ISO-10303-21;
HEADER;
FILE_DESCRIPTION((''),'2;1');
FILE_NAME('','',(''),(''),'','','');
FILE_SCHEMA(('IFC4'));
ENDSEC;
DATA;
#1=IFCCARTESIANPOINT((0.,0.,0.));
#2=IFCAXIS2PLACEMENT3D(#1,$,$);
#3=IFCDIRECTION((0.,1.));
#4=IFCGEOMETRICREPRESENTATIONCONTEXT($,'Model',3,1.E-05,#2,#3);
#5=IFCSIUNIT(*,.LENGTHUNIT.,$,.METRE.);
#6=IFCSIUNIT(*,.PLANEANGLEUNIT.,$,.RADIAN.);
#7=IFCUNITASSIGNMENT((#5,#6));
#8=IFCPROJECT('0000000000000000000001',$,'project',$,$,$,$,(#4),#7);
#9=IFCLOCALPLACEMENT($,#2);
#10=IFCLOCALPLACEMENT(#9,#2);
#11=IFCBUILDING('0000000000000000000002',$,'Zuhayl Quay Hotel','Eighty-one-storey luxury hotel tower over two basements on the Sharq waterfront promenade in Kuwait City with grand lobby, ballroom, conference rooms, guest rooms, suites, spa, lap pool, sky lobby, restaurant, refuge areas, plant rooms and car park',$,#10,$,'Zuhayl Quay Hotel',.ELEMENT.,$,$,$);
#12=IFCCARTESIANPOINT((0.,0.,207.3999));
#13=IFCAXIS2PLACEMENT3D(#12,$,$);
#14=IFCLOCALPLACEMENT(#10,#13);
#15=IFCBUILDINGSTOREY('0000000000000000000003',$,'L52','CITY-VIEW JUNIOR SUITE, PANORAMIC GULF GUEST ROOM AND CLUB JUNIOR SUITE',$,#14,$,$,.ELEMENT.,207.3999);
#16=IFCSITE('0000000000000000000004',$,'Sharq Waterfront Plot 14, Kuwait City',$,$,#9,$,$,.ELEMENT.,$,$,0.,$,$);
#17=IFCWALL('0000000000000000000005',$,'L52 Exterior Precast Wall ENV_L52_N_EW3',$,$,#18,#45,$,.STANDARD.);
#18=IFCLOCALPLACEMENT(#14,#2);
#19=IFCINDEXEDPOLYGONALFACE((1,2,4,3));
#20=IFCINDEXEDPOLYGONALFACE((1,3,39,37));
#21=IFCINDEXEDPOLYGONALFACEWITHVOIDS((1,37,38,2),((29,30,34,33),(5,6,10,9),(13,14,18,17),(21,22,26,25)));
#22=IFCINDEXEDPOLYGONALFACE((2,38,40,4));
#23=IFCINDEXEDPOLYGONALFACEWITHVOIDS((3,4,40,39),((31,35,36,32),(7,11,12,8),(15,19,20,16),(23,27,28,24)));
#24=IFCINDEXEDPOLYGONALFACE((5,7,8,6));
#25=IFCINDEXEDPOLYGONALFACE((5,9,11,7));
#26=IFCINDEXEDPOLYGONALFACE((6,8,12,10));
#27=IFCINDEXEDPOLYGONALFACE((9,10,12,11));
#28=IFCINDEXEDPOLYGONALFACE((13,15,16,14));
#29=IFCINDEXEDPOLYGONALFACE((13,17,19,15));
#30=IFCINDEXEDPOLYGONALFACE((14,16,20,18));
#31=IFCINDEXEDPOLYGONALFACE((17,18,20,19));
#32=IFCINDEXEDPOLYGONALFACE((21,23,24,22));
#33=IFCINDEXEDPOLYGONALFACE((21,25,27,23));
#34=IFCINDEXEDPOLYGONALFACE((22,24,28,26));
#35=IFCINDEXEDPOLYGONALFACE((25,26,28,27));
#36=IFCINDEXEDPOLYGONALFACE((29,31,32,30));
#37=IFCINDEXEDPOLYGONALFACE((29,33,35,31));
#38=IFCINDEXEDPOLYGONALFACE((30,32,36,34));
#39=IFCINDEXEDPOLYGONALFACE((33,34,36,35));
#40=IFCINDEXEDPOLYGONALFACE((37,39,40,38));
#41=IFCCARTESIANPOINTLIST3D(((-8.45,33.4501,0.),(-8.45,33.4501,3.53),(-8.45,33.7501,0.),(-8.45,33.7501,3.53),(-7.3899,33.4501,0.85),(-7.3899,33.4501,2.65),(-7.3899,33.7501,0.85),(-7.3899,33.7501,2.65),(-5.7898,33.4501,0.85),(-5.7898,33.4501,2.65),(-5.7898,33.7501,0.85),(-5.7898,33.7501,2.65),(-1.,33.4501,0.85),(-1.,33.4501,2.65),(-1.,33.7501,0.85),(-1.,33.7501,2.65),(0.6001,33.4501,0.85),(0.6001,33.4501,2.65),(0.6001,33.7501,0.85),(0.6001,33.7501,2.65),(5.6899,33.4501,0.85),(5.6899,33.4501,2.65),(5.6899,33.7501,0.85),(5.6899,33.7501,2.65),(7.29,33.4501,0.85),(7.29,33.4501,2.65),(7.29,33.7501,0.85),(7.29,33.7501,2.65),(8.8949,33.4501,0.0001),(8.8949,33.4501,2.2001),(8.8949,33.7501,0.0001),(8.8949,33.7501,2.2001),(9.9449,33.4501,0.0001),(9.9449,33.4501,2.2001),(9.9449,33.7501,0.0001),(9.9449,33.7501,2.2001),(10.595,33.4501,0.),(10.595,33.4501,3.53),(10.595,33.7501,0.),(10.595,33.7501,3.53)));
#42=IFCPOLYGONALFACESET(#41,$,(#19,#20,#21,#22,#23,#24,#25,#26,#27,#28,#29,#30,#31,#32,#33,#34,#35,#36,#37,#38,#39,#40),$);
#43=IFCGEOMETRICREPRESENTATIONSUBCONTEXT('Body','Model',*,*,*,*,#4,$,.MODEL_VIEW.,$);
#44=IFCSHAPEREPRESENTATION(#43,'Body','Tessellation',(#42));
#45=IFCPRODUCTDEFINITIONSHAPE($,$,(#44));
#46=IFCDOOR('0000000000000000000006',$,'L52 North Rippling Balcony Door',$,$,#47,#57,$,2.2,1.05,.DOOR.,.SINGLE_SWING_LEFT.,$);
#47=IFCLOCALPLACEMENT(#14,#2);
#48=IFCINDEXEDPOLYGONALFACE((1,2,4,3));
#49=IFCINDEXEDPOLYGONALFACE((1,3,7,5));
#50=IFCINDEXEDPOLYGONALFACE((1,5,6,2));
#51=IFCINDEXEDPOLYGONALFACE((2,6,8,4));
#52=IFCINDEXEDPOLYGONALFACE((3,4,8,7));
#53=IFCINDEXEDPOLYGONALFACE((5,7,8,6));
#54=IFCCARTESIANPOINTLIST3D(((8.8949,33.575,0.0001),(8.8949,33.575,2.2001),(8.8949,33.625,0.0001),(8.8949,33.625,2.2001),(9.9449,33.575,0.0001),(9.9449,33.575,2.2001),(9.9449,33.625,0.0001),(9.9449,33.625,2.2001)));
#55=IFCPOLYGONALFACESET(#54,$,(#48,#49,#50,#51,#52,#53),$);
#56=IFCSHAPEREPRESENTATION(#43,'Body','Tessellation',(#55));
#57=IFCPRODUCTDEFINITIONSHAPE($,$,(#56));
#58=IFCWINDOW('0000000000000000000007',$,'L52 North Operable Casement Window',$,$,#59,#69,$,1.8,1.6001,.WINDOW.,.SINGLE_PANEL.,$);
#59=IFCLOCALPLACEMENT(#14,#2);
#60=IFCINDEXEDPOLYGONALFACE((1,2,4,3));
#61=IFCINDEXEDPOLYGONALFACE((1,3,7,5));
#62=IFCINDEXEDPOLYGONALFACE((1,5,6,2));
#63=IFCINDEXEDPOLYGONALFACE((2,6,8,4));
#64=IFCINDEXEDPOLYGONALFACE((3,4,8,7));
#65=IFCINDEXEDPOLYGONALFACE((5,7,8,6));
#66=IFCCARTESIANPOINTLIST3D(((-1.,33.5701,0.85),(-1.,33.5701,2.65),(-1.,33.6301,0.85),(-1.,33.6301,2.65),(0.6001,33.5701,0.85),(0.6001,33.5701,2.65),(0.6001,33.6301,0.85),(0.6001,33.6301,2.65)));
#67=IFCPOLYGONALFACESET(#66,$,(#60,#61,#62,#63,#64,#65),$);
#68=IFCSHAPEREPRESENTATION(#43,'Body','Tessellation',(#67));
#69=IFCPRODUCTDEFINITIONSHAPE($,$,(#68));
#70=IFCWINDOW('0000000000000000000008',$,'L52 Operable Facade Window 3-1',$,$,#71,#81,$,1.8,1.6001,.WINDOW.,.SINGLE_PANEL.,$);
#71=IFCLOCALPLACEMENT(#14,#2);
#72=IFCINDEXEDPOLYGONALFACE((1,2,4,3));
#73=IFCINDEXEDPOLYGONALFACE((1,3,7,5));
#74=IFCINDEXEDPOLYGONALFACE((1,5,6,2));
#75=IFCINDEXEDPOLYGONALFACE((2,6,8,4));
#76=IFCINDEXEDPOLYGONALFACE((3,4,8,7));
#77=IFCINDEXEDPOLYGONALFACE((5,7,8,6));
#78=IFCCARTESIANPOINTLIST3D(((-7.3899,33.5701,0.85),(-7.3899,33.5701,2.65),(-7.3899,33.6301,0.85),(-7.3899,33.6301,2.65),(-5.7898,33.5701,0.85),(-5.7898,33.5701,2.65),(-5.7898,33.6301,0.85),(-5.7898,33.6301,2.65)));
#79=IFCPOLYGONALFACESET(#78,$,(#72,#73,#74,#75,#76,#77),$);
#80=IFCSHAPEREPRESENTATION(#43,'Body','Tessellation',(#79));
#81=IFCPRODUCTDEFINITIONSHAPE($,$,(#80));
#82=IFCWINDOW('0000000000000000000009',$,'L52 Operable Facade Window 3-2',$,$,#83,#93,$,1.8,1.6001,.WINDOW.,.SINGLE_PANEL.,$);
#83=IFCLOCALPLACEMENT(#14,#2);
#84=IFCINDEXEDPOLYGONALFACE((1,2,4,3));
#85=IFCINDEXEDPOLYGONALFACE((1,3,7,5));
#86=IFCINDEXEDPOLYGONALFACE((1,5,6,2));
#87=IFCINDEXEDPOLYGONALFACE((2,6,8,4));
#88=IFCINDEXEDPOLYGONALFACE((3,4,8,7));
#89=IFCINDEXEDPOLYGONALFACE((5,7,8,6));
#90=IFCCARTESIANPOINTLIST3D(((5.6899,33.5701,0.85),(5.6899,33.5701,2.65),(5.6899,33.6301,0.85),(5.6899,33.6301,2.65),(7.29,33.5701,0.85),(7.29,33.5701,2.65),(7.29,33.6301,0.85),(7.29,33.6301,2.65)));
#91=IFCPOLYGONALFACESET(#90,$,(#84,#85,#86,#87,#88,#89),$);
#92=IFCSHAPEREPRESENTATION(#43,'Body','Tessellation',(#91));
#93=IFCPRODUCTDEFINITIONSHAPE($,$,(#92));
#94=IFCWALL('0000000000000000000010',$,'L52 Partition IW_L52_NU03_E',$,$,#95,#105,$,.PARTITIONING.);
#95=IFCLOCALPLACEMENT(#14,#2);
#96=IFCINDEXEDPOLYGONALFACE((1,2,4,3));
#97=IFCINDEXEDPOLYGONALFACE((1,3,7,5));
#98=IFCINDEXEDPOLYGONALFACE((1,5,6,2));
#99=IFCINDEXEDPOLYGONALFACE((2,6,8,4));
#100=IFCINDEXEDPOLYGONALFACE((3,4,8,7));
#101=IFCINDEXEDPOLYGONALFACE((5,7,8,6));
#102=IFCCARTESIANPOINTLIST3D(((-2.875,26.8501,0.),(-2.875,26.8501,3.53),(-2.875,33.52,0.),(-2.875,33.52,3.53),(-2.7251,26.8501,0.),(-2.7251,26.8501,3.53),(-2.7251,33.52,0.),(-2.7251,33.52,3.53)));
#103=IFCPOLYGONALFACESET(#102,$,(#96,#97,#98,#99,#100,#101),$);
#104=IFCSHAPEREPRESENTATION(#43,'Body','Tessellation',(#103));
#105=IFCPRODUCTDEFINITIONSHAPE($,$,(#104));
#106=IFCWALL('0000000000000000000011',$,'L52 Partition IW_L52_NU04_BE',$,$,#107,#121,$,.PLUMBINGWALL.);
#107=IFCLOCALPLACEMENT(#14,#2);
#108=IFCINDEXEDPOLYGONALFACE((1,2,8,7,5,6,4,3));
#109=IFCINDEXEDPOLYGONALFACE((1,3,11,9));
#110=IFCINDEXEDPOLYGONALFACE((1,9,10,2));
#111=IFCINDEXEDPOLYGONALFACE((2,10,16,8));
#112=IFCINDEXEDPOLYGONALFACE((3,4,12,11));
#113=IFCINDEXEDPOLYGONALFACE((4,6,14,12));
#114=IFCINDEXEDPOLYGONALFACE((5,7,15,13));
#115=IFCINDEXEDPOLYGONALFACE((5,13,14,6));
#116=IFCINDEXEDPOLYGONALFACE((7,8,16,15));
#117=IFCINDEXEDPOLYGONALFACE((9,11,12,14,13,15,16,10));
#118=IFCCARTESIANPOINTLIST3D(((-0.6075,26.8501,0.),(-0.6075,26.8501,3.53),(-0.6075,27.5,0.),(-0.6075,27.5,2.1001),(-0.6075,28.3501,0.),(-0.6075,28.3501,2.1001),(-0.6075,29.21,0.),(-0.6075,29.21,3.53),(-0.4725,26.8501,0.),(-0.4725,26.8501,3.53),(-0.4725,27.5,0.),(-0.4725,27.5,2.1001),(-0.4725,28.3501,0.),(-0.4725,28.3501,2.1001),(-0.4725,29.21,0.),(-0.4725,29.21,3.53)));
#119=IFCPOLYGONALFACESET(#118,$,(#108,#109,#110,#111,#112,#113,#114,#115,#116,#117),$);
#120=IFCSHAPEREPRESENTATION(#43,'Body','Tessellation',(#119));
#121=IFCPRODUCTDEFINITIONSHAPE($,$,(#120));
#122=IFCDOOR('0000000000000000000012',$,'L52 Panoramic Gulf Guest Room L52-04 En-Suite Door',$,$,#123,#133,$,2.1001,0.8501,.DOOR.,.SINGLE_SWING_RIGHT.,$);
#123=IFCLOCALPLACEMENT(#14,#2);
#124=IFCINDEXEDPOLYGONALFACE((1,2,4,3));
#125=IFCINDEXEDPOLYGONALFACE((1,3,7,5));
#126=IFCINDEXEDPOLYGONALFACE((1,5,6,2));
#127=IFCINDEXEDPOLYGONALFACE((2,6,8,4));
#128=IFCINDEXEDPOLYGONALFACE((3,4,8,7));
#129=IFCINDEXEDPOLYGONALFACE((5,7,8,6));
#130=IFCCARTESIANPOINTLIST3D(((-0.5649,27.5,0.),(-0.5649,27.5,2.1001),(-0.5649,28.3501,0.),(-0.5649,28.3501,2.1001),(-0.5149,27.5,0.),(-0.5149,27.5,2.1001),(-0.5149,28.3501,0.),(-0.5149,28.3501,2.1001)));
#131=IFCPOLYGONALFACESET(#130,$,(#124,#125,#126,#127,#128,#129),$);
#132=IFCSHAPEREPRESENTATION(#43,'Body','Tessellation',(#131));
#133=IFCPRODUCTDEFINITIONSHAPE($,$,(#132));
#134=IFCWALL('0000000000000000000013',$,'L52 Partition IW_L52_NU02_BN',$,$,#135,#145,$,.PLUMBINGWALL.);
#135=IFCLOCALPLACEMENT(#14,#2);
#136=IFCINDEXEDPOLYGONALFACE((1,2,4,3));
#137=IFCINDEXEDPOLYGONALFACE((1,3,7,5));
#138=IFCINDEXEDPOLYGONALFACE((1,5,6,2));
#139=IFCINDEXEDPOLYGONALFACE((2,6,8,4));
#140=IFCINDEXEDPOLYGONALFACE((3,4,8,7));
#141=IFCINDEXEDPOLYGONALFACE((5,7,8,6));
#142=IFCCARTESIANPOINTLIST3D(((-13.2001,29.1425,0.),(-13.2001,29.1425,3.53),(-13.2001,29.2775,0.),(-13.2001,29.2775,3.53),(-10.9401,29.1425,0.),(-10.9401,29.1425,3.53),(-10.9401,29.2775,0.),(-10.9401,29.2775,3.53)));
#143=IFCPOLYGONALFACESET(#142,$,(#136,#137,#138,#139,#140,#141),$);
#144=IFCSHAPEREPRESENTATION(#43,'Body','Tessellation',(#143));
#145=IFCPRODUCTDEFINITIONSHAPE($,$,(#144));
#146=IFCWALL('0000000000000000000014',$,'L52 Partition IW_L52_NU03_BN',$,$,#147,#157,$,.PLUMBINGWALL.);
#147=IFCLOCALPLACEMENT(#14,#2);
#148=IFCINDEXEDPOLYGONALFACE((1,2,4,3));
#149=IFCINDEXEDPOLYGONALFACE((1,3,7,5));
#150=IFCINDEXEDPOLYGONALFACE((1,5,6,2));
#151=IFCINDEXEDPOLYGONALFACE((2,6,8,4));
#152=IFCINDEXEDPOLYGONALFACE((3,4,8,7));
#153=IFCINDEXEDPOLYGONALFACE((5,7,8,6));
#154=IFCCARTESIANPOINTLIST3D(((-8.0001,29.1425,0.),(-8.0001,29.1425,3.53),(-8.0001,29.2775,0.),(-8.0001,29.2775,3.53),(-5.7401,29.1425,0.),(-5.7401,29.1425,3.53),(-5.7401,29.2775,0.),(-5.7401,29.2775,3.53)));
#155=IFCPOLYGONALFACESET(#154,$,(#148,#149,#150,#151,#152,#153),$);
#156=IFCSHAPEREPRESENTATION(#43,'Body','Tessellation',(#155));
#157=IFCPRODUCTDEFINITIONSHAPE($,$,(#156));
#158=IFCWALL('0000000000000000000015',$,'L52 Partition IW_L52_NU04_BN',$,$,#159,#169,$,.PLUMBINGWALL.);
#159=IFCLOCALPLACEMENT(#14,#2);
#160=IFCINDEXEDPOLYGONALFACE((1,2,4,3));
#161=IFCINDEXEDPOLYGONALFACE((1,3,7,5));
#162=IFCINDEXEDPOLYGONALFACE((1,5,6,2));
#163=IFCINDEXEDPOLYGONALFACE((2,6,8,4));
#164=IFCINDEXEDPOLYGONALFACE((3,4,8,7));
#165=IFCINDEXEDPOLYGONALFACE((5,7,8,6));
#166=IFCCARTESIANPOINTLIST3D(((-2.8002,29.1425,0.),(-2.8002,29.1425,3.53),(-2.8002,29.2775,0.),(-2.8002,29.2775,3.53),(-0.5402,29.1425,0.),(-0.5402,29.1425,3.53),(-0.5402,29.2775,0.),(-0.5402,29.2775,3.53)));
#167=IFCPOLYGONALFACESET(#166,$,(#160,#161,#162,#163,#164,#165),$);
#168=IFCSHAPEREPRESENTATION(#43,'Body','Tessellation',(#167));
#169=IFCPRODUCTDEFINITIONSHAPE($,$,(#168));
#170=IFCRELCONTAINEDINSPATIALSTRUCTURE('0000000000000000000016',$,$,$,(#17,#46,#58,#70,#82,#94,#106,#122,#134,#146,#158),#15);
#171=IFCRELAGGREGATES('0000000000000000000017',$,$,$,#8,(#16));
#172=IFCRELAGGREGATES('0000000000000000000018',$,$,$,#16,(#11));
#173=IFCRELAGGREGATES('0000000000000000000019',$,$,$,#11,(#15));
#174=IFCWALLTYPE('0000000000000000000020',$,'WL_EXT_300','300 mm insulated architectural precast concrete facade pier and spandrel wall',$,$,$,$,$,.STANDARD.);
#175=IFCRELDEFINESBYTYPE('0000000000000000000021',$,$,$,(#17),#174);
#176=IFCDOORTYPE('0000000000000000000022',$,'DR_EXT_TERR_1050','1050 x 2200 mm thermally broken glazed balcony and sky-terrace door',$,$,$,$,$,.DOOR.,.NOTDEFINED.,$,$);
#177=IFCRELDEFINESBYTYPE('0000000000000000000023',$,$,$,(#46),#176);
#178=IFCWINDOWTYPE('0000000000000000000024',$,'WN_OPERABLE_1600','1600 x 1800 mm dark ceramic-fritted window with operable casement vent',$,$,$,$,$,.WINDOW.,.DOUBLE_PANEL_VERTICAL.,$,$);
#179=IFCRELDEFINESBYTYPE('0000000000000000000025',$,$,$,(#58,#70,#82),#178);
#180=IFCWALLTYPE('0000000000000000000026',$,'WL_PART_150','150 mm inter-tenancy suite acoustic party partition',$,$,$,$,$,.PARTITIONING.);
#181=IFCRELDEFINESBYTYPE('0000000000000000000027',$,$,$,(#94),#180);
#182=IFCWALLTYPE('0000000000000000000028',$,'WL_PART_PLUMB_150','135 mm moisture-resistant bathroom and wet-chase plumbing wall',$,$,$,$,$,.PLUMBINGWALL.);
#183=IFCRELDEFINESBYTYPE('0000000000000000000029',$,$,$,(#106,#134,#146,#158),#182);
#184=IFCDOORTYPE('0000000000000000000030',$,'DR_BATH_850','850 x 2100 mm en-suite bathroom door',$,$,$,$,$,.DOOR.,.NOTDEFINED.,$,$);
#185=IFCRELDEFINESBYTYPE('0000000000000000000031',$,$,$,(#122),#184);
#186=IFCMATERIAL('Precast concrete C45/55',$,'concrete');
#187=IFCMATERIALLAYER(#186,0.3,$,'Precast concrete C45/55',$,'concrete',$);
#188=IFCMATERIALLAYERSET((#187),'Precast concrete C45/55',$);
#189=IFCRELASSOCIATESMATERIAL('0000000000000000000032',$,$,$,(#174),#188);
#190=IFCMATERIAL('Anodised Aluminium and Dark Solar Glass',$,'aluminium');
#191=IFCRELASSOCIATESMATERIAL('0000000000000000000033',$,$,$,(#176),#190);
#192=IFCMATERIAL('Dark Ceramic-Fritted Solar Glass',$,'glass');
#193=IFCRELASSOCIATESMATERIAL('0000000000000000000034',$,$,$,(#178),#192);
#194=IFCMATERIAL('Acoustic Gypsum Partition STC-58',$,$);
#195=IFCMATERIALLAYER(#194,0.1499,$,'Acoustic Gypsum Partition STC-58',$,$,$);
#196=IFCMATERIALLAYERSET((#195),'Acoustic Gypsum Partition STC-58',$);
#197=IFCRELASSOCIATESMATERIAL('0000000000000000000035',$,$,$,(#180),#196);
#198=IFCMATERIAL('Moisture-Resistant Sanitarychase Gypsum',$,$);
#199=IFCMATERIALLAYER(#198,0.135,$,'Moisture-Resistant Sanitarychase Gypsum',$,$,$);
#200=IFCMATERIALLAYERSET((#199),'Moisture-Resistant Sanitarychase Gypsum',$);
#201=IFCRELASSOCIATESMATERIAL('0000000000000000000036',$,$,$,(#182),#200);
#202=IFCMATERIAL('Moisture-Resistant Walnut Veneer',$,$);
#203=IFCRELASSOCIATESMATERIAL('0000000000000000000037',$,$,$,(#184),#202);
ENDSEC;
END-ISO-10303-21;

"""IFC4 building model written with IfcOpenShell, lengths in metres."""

from ifc_helpers import new_model, si_unit, direction, frame, frame_2d, origin, place, context, subcontext, project, spatial, rectangle, extrude, material, layer, layer_set, type_object, element, fill, save


model = new_model("IFC4")

# Units and contexts
model_context = context("Model", 3, precision=1e-05, world=origin(), true_north=direction((0.0, 1.0)))
body_context = subcontext(model_context, "Body", "Model", "MODEL_VIEW")
ifc_project = project(units=[si_unit("LENGTHUNIT", "METRE"), si_unit("PLANEANGLEUNIT", "RADIAN")], contexts=[model_context])

# Site, building, storey
site_placement = place(None, origin())
site = spatial("IfcSite", under=ifc_project, at=site_placement, Name="Sharq Waterfront Plot 14, Kuwait City", CompositionType="ELEMENT", RefElevation=0.0)
building_placement = place(site_placement, origin())
building = spatial("IfcBuilding", under=site, at=building_placement, Name="Zuhayl Quay Hotel", Description="Eighty-one-storey luxury hotel tower over two basements on the Sharq waterfront promenade in Kuwait City with grand lobby, ballroom, conference rooms, guest rooms, suites, spa, lap pool, sky lobby, restaurant, refuge areas, plant rooms and car park", LongName="Zuhayl Quay Hotel", CompositionType="ELEMENT")
storey_placement = place(building_placement, frame((0.0, 0.0, 207.3999)))
storey = spatial("IfcBuildingStorey", under=building, at=storey_placement, Name="L52", Description="CITY-VIEW JUNIOR SUITE, PANORAMIC GULF GUEST ROOM AND CLUB JUNIOR SUITE", CompositionType="ELEMENT", Elevation=207.3999)

# Shared definitions
ifc_material_1 = material(Name="Dark Ceramic-Fritted Solar Glass", Category="glass")

# Wall, openings, door, windows
ifc_material_2 = material(Name="Precast concrete C45/55", Category="concrete")
ifc_layer_1 = layer(ifc_material_2, 0.3, Name="Precast concrete C45/55", Category="concrete")
ifc_layer_set_1 = layer_set([ifc_layer_1], Name="Precast concrete C45/55")
wall_type_1 = type_object("IfcWallType", Name="WL_EXT_300", Description="300 mm insulated architectural precast concrete facade pier and spandrel wall", PredefinedType="STANDARD", material=ifc_layer_set_1)
wall_1_placement = place(storey_placement, frame((-8.45, 33.6001, 0.0), z_axis=(0.0, 0.0, 1.0), x_axis=(1.0, 0.0, 0.0)))
wall_1 = element("IfcWall", 1, at=wall_1_placement, inside=storey, type_object=wall_type_1, Name="L52 Exterior Precast Wall ENV_L52_N_EW3", PredefinedType="STANDARD", context=body_context, shape_type="SweptSolid", body=[
    extrude(rectangle(XDim=19.0449, YDim=0.3, at=frame_2d((9.5225, 0.0))), origin(), (0.0, 0.0, 1.0), 3.53),
])
opening_1_placement = place(wall_1_placement, frame((17.345, 0.0, 0.0)))
opening_1 = element("IfcOpeningElement", 2, at=opening_1_placement, cuts=wall_1, PredefinedType="OPENING", context=body_context, shape_type="SweptSolid", body=[
    extrude(rectangle(XDim=1.05, YDim=2.2, at=frame_2d((0.5249, 1.1001))), frame((0.0, 0.1599, 0.0), z_axis=(0.0, -1.0, 0.0), x_axis=(1.0, 0.0, 0.0)), (0.0, 0.0, 1.0), 0.3201),
])
opening_2_placement = place(wall_1_placement, frame((7.45, 0.0, 0.8501)))
opening_2 = element("IfcOpeningElement", 3, at=opening_2_placement, cuts=wall_1, PredefinedType="OPENING", context=body_context, shape_type="SweptSolid", body=[
    extrude(rectangle(XDim=1.6001, YDim=1.8, at=frame_2d((0.8, 0.8999))), frame((0.0, 0.1599, 0.0), z_axis=(0.0, -1.0, 0.0), x_axis=(1.0, 0.0, 0.0)), (0.0, 0.0, 1.0), 0.3201),
])
opening_3_placement = place(wall_1_placement, frame((1.0601, 0.0, 0.8501)))
opening_3 = element("IfcOpeningElement", 4, at=opening_3_placement, cuts=wall_1, PredefinedType="OPENING", context=body_context, shape_type="SweptSolid", body=[
    extrude(rectangle(XDim=1.6001, YDim=1.8, at=frame_2d((0.8, 0.8999))), frame((0.0, 0.1599, 0.0), z_axis=(0.0, -1.0, 0.0), x_axis=(1.0, 0.0, 0.0)), (0.0, 0.0, 1.0), 0.3201),
])
opening_4_placement = place(wall_1_placement, frame((14.1399, 0.0, 0.8501)))
opening_4 = element("IfcOpeningElement", 5, at=opening_4_placement, cuts=wall_1, PredefinedType="OPENING", context=body_context, shape_type="SweptSolid", body=[
    extrude(rectangle(XDim=1.6001, YDim=1.8, at=frame_2d((0.8, 0.8999))), frame((0.0, 0.1599, 0.0), z_axis=(0.0, -1.0, 0.0), x_axis=(1.0, 0.0, 0.0)), (0.0, 0.0, 1.0), 0.3201),
])
ifc_material_3 = material(Name="Anodised Aluminium and Dark Solar Glass", Category="aluminium")
door_type_1 = type_object("IfcDoorType", Name="DR_EXT_TERR_1050", Description="1050 x 2200 mm thermally broken glazed balcony and sky-terrace door", OperationType="NOTDEFINED", PredefinedType="DOOR", material=ifc_material_3)
door_1_placement = place(opening_1_placement, origin())
door_1 = element("IfcDoor", 6, at=door_1_placement, inside=storey, type_object=door_type_1, Name="L52 North Rippling Balcony Door", OperationType="SINGLE_SWING_LEFT", OverallHeight=2.2, OverallWidth=1.05, PredefinedType="DOOR", context=body_context, shape_type="SweptSolid", body=[
    extrude(rectangle(XDim=1.05, YDim=2.2, at=frame_2d((0.5249, 1.1001))), frame((0.0, 0.0249, 0.0), z_axis=(0.0, -1.0, 0.0), x_axis=(1.0, 0.0, 0.0)), (0.0, 0.0, 1.0), 0.05),
])
fill(opening_1, door_1)
window_type = type_object("IfcWindowType", Name="WN_OPERABLE_1600", Description="1600 x 1800 mm dark ceramic-fritted window with operable casement vent", PartitioningType="DOUBLE_PANEL_VERTICAL", PredefinedType="WINDOW", material=ifc_material_1)
window_1_placement = place(opening_2_placement, origin())
window_1 = element("IfcWindow", 7, at=window_1_placement, inside=storey, type_object=window_type, Name="L52 North Operable Casement Window", OverallHeight=1.8, OverallWidth=1.6001, PartitioningType="SINGLE_PANEL", PredefinedType="WINDOW", context=body_context, shape_type="SweptSolid", body=[
    extrude(rectangle(XDim=1.6001, YDim=1.8, at=frame_2d((0.8, 0.8999))), frame((0.0, 0.03, 0.0), z_axis=(0.0, -1.0, 0.0), x_axis=(1.0, 0.0, 0.0)), (0.0, 0.0, 1.0), 0.0601),
])
fill(opening_2, window_1)
window_2_placement = place(opening_3_placement, origin())
window_2 = element("IfcWindow", 8, at=window_2_placement, inside=storey, type_object=window_type, Name="L52 Operable Facade Window 3-1", OverallHeight=1.8, OverallWidth=1.6001, PartitioningType="SINGLE_PANEL", PredefinedType="WINDOW", context=body_context, shape_type="SweptSolid", body=[
    extrude(rectangle(XDim=1.6001, YDim=1.8, at=frame_2d((0.8, 0.8999))), frame((0.0, 0.03, 0.0), z_axis=(0.0, -1.0, 0.0), x_axis=(1.0, 0.0, 0.0)), (0.0, 0.0, 1.0), 0.0601),
])
fill(opening_3, window_2)
window_3_placement = place(opening_4_placement, origin())
window_3 = element("IfcWindow", 9, at=window_3_placement, inside=storey, type_object=window_type, Name="L52 Operable Facade Window 3-2", OverallHeight=1.8, OverallWidth=1.6001, PartitioningType="SINGLE_PANEL", PredefinedType="WINDOW", context=body_context, shape_type="SweptSolid", body=[
    extrude(rectangle(XDim=1.6001, YDim=1.8, at=frame_2d((0.8, 0.8999))), frame((0.0, 0.03, 0.0), z_axis=(0.0, -1.0, 0.0), x_axis=(1.0, 0.0, 0.0)), (0.0, 0.0, 1.0), 0.0601),
])
fill(opening_4, window_3)

# Wall
ifc_material_4 = material(Name="Acoustic Gypsum Partition STC-58")
ifc_layer_2 = layer(ifc_material_4, 0.1499, Name="Acoustic Gypsum Partition STC-58")
ifc_layer_set_2 = layer_set([ifc_layer_2], Name="Acoustic Gypsum Partition STC-58")
wall_type_2 = type_object("IfcWallType", Name="WL_PART_150", Description="150 mm inter-tenancy suite acoustic party partition", PredefinedType="PARTITIONING", material=ifc_layer_set_2)
wall_2_placement = place(storey_placement, frame((-2.8, 26.8501, 0.0), z_axis=(0.0, 0.0, 1.0), x_axis=(0.0, 1.0, 0.0)))
element("IfcWall", 10, at=wall_2_placement, inside=storey, type_object=wall_type_2, Name="L52 Partition IW_L52_NU03_E", PredefinedType="PARTITIONING", context=body_context, shape_type="SweptSolid", body=[
    extrude(rectangle(XDim=6.6699, YDim=0.1499, at=frame_2d((3.335, 0.0))), origin(), (0.0, 0.0, 1.0), 3.53),
])

# Wall, opening, door
ifc_material_5 = material(Name="Moisture-Resistant Sanitarychase Gypsum")
ifc_layer_3 = layer(ifc_material_5, 0.135, Name="Moisture-Resistant Sanitarychase Gypsum")
ifc_layer_set_3 = layer_set([ifc_layer_3], Name="Moisture-Resistant Sanitarychase Gypsum")
wall_type_3 = type_object("IfcWallType", Name="WL_PART_PLUMB_150", Description="135 mm moisture-resistant bathroom and wet-chase plumbing wall", PredefinedType="PLUMBINGWALL", material=ifc_layer_set_3)
wall_3_placement = place(storey_placement, frame((-0.54, 26.8501, 0.0), z_axis=(0.0, 0.0, 1.0), x_axis=(0.0, 1.0, 0.0)))
wall_3 = element("IfcWall", 11, at=wall_3_placement, inside=storey, type_object=wall_type_3, Name="L52 Partition IW_L52_NU04_BE", PredefinedType="PLUMBINGWALL", context=body_context, shape_type="SweptSolid", body=[
    extrude(rectangle(XDim=2.3599, YDim=0.135, at=frame_2d((1.1799, 0.0))), origin(), (0.0, 0.0, 1.0), 3.53),
])
opening_5_placement = place(wall_3_placement, frame((0.6499, 0.0, 0.0)))
opening_5 = element("IfcOpeningElement", 12, at=opening_5_placement, cuts=wall_3, PredefinedType="OPENING", context=body_context, shape_type="SweptSolid", body=[
    extrude(rectangle(XDim=0.8501, YDim=2.1001, at=frame_2d((0.425, 1.05))), frame((0.0, 0.0774, 0.0), z_axis=(0.0, -1.0, 0.0), x_axis=(1.0, 0.0, 0.0)), (0.0, 0.0, 1.0), 0.155),
])
ifc_material_6 = material(Name="Moisture-Resistant Walnut Veneer")
door_type_2 = type_object("IfcDoorType", Name="DR_BATH_850", Description="850 x 2100 mm en-suite bathroom door", OperationType="NOTDEFINED", PredefinedType="DOOR", material=ifc_material_6)
door_2_placement = place(opening_5_placement, origin())
door_2 = element("IfcDoor", 13, at=door_2_placement, inside=storey, type_object=door_type_2, Name="L52 Panoramic Gulf Guest Room L52-04 En-Suite Door", OperationType="SINGLE_SWING_RIGHT", OverallHeight=2.1001, OverallWidth=0.8501, PredefinedType="DOOR", context=body_context, shape_type="SweptSolid", body=[
    extrude(rectangle(XDim=0.8501, YDim=2.1001, at=frame_2d((0.425, 1.05))), frame((0.0, 0.0249, 0.0), z_axis=(0.0, -1.0, 0.0), x_axis=(1.0, 0.0, 0.0)), (0.0, 0.0, 1.0), 0.05),
])
fill(opening_5, door_2)

# Walls
for number, where, z_axis, x_axis, name in (
    (14, (-13.2, 29.21, 0.0), (0.0, 0.0, 1.0), (1.0, 0.0, 0.0), "L52 Partition IW_L52_NU02_BN"),
    (15, (-8.0, 29.21, 0.0), (0.0, 0.0, 1.0), (1.0, 0.0, 0.0), "L52 Partition IW_L52_NU03_BN"),
    (16, (-2.8, 29.21, 0.0), (0.0, 0.0, 1.0), (1.0, 0.0, 0.0), "L52 Partition IW_L52_NU04_BN"),
):
    element("IfcWall", number, at=place(storey_placement, frame(where, z_axis=z_axis, x_axis=x_axis)), inside=storey, type_object=wall_type_3, Name=name, PredefinedType="PLUMBINGWALL", context=body_context, shape_type="SweptSolid", body=[
        extrude(rectangle(XDim=2.26, YDim=0.135, at=frame_2d((1.1299, 0.0))), origin(), (0.0, 0.0, 1.0), 3.53),
    ])

save(model, "model.ifc")
